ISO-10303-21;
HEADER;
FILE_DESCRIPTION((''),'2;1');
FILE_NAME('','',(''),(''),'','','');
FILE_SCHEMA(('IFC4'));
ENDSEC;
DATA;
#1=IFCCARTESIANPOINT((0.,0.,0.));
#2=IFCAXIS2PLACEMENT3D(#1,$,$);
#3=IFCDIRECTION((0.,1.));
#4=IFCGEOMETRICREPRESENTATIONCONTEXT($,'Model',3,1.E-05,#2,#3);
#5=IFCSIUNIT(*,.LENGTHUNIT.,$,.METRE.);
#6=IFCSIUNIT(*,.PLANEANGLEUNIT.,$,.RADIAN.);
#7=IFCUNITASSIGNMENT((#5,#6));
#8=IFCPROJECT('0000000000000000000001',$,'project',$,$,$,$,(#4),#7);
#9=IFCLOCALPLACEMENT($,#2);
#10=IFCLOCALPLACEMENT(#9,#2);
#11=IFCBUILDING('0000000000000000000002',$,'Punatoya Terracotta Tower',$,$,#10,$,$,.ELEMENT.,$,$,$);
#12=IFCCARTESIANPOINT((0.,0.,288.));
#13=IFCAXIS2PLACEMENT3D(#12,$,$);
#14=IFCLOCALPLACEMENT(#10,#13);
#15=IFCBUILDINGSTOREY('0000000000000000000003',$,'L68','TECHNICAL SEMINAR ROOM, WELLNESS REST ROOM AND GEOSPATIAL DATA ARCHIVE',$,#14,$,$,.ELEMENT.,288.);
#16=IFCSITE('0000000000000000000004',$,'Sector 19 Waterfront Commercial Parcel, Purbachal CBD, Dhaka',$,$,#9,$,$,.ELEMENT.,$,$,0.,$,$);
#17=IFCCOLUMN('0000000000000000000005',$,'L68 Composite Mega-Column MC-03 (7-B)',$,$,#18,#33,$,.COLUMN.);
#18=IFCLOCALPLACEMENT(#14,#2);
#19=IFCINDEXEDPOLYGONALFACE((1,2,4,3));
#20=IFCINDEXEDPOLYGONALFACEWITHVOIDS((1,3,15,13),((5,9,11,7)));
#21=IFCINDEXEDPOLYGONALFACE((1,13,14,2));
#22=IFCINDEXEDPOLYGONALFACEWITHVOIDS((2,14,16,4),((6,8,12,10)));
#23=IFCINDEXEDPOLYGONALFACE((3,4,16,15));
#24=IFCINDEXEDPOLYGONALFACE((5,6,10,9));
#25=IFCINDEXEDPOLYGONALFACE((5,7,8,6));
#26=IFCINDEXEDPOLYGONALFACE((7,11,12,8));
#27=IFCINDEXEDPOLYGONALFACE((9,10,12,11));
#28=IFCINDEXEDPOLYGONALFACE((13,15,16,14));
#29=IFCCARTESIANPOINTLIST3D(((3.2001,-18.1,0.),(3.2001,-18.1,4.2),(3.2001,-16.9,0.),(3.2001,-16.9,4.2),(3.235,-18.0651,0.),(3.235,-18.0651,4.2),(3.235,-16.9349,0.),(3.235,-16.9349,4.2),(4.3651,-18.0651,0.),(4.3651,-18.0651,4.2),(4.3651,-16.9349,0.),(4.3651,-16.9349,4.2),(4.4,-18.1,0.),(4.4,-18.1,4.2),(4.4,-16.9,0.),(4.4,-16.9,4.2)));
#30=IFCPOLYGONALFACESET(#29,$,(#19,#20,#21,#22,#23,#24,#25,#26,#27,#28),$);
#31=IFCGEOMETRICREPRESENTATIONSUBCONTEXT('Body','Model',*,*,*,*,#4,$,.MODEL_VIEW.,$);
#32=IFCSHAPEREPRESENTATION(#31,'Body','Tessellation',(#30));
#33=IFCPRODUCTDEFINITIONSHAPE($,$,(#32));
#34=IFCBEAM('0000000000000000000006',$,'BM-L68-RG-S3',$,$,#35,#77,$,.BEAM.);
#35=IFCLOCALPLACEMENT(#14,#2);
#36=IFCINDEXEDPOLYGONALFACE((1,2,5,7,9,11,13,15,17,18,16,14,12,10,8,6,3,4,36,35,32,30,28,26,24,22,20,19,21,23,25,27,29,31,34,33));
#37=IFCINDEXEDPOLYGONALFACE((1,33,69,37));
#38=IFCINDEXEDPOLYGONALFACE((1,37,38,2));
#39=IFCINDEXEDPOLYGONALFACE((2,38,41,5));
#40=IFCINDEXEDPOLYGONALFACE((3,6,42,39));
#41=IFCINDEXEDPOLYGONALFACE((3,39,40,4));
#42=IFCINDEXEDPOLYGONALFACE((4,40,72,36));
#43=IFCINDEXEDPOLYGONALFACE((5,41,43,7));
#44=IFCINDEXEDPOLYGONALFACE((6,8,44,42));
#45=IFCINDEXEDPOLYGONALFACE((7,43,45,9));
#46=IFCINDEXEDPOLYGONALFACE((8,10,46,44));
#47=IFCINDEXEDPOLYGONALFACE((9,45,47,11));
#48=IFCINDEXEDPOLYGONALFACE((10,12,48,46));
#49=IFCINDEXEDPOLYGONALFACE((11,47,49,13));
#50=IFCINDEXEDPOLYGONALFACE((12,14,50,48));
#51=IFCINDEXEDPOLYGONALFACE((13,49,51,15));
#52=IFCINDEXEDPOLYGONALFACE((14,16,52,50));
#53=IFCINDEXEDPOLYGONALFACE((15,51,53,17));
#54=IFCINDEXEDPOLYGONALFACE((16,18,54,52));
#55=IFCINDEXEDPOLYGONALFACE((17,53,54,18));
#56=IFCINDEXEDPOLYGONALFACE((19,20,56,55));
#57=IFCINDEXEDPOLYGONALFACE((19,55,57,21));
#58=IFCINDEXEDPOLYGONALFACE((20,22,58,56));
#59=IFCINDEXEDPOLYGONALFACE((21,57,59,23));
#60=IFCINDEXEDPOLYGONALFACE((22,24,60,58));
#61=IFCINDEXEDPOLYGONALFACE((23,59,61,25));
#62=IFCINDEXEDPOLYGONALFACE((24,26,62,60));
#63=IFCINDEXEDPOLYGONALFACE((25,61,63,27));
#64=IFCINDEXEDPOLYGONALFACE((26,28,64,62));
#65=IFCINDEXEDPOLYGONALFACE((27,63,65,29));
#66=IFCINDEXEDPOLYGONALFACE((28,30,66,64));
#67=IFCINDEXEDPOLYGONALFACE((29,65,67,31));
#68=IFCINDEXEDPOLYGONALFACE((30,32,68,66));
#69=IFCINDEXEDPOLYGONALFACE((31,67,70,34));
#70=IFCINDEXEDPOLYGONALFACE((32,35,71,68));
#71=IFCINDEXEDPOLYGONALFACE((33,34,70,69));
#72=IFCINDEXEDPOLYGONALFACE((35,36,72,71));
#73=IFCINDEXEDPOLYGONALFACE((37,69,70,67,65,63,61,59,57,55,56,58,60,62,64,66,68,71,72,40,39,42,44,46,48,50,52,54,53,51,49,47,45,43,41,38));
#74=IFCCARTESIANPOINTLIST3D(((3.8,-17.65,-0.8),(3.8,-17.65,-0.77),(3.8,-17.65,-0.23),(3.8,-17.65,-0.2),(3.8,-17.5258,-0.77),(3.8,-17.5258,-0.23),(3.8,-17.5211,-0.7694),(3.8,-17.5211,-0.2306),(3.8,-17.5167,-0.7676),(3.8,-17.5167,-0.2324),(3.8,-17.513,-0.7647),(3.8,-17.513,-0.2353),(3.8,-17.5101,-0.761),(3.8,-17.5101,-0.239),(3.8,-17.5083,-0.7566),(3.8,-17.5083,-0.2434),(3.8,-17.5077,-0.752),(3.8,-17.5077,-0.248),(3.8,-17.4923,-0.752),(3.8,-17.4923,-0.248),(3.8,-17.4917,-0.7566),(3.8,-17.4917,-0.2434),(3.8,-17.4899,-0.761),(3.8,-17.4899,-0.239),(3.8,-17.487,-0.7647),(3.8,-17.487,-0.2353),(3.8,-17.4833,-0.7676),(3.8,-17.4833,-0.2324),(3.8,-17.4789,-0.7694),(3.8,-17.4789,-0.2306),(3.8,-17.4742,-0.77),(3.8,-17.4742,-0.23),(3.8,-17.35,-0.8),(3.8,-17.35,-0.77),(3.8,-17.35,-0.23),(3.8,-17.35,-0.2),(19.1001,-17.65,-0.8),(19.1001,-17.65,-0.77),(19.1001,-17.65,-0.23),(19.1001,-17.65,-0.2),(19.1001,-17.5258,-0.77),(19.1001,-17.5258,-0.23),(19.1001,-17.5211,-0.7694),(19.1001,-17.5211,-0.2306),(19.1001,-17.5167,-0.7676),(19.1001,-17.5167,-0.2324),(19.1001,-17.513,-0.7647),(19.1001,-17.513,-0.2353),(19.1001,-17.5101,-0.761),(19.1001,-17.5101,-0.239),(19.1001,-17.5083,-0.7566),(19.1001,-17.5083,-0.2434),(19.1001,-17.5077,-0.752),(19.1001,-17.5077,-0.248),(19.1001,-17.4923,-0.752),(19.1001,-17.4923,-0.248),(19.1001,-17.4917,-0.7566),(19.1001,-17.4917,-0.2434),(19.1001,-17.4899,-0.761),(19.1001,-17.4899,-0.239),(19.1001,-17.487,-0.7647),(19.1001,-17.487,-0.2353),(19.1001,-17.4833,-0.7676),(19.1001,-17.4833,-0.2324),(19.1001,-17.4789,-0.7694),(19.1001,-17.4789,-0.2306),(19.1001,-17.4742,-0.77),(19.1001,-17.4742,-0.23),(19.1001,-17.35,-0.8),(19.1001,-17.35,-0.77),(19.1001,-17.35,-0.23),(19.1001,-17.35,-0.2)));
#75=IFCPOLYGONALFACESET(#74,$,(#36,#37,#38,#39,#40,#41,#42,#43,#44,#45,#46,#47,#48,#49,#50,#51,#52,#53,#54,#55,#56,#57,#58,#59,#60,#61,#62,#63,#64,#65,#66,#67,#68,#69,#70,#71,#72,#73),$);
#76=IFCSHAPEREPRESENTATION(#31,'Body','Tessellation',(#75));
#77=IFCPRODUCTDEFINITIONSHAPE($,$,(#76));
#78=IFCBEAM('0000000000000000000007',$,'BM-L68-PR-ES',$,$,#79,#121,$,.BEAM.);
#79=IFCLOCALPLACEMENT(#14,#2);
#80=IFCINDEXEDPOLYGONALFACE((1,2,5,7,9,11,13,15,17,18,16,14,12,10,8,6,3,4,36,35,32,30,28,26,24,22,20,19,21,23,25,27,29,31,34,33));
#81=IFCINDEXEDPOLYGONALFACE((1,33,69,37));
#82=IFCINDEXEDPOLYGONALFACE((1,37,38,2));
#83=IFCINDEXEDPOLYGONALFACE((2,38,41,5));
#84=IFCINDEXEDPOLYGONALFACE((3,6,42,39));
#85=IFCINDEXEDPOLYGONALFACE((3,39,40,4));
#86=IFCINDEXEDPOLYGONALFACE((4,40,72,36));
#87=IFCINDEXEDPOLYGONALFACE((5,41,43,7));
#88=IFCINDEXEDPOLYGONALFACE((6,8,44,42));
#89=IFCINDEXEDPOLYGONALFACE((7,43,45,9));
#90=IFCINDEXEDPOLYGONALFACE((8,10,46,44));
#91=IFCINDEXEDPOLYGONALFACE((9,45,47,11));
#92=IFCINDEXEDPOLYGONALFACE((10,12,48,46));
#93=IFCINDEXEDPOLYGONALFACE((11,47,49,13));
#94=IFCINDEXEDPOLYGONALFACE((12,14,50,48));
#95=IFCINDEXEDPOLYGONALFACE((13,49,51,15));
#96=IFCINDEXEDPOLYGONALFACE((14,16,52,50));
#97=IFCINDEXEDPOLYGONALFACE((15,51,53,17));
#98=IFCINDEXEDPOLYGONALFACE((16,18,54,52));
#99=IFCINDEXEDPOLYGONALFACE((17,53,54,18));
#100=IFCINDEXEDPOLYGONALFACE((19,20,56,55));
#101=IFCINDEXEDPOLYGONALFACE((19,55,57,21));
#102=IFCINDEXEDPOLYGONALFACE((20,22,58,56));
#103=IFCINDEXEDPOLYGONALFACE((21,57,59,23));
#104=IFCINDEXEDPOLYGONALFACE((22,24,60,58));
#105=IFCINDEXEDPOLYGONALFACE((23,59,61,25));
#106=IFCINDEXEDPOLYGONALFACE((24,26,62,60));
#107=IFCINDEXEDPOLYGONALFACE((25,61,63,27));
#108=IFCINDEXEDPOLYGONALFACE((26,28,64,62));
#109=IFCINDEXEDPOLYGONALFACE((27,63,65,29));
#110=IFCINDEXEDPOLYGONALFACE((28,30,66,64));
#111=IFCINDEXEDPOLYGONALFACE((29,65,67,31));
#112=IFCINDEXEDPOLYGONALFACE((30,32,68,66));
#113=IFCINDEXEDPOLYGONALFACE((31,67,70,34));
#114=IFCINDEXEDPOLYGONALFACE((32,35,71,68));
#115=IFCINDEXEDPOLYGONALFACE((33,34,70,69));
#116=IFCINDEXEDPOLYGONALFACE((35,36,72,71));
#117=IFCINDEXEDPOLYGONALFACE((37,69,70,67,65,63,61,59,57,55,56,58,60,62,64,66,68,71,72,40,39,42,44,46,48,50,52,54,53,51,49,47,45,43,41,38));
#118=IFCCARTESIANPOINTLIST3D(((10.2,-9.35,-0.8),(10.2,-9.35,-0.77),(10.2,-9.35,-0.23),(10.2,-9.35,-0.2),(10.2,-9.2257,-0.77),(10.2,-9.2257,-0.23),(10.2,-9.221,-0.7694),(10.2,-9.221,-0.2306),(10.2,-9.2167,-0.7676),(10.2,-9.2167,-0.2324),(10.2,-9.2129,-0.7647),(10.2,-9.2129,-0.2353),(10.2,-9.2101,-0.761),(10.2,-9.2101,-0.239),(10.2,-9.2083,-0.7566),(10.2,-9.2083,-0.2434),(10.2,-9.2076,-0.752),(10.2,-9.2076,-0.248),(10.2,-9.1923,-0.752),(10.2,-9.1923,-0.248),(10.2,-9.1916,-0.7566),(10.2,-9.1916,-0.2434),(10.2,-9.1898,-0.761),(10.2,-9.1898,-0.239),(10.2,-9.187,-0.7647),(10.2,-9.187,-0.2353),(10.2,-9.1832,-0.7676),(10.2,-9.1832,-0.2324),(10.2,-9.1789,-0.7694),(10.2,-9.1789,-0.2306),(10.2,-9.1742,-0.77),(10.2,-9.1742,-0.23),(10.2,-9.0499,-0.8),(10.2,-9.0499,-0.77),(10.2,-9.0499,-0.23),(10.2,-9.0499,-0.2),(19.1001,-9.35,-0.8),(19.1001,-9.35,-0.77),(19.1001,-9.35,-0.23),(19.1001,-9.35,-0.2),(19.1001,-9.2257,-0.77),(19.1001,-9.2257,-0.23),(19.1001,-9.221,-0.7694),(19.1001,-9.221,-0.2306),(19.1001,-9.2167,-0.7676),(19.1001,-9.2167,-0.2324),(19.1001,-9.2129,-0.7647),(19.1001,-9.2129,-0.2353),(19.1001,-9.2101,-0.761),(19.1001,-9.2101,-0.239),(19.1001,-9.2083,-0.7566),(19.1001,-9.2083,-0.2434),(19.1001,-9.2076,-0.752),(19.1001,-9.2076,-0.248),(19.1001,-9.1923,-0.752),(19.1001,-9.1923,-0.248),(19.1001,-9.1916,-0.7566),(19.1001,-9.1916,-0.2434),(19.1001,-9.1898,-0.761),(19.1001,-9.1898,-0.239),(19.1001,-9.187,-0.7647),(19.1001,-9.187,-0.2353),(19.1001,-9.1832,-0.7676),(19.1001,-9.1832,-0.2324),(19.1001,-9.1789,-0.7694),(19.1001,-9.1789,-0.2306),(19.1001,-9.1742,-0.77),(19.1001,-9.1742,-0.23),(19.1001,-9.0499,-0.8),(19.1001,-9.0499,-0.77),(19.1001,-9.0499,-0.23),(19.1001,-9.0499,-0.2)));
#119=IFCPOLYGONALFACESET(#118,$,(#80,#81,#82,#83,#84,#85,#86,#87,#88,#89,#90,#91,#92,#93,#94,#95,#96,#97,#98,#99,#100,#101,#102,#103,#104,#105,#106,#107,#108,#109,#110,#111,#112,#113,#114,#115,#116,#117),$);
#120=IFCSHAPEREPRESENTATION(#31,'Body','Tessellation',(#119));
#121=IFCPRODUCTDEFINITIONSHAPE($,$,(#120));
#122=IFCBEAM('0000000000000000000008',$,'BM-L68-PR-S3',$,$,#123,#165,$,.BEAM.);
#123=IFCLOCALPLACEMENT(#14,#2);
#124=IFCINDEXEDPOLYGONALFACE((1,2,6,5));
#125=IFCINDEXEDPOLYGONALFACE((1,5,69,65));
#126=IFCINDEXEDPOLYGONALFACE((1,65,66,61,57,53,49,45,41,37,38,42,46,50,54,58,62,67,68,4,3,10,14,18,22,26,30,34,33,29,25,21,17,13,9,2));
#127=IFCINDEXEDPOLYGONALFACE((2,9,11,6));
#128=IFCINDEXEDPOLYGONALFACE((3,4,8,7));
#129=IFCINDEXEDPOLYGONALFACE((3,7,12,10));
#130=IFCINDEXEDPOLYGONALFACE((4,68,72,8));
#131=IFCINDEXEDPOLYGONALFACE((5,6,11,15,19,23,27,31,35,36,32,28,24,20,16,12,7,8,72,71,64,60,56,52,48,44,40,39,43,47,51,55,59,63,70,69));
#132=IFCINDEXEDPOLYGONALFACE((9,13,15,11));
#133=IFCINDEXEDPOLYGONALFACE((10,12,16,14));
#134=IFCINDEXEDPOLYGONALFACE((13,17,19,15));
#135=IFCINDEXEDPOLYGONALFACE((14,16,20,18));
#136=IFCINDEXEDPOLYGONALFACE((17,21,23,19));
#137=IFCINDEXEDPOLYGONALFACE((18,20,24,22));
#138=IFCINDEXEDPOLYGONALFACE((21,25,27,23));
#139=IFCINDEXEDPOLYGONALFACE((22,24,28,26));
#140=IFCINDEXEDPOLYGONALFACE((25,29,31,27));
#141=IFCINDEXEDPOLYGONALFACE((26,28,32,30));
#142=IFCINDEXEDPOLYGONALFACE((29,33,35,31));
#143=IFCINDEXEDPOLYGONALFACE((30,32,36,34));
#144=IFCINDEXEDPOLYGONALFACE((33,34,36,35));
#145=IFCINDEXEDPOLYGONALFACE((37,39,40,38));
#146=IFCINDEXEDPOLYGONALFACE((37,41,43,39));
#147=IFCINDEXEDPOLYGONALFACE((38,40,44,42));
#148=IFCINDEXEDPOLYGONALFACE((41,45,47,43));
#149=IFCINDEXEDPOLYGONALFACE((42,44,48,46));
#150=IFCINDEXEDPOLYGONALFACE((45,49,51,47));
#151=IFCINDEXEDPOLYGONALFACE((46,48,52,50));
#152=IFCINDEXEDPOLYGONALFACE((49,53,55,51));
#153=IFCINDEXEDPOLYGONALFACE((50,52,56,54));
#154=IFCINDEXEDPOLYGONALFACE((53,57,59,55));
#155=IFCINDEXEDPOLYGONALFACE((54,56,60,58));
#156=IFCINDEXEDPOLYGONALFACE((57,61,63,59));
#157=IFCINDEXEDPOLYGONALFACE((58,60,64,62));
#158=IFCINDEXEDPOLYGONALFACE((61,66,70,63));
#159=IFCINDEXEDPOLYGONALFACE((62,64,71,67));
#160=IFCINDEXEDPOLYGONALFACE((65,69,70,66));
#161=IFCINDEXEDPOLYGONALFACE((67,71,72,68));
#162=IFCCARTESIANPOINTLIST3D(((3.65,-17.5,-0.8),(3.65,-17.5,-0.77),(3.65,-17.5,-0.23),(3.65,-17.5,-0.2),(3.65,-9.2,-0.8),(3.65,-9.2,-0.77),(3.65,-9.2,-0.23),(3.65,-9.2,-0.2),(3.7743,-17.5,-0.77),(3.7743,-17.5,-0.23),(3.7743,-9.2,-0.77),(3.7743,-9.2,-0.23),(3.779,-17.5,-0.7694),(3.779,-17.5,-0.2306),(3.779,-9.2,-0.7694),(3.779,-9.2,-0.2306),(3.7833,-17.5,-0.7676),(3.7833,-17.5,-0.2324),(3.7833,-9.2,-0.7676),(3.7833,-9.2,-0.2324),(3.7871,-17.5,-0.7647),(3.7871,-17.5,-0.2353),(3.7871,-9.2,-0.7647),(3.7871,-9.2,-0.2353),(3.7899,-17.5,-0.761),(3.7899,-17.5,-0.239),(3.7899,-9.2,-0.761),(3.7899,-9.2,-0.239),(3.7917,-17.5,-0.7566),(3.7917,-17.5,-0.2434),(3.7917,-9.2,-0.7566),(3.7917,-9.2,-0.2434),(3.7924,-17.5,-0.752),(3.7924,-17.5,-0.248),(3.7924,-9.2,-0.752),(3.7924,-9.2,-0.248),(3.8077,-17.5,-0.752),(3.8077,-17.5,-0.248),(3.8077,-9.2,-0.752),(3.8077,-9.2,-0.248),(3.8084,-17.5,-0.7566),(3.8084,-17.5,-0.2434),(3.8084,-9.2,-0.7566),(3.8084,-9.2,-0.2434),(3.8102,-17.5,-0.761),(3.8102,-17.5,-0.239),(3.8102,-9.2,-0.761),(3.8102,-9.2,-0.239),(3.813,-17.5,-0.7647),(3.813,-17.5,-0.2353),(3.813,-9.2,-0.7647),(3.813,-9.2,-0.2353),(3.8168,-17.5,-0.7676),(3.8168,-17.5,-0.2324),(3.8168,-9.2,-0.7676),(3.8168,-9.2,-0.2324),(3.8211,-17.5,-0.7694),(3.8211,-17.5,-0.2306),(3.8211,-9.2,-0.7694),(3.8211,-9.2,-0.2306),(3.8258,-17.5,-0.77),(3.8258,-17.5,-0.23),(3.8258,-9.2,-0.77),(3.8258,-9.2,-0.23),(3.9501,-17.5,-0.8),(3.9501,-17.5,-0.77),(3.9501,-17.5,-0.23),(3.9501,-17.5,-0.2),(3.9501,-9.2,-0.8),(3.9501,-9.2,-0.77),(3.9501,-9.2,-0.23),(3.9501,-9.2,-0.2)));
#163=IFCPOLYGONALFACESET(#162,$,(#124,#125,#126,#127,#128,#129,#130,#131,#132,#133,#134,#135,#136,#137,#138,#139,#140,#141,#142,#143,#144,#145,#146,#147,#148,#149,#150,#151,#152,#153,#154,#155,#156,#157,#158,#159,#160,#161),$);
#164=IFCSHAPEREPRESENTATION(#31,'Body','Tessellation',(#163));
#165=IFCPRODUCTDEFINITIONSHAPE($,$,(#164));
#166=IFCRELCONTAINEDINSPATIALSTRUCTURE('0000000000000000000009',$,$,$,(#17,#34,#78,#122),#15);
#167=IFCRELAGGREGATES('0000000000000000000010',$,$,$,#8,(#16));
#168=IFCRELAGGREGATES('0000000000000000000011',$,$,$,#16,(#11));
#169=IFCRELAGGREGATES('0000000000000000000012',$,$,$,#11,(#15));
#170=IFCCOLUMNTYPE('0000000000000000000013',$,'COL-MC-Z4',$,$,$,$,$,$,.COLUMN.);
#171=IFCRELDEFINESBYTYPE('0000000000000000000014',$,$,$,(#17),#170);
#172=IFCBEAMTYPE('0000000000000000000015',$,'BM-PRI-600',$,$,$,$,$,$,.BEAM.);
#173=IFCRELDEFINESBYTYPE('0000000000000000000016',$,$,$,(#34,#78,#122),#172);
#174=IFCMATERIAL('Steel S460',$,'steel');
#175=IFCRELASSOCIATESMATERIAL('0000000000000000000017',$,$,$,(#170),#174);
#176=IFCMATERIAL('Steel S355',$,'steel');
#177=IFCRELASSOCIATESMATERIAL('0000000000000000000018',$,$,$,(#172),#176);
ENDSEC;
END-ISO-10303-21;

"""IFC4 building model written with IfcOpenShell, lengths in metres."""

from ifc_helpers import new_model, si_unit, direction, frame, origin, origin_2d, place, context, subcontext, project, spatial, hollow_rectangle, i_section, extrude, material, material_profile, profile_set, type_object, element, save


model = new_model("IFC4")

# Units and contexts
model_context = context("Model", 3, precision=1e-05, world=origin(), true_north=direction((0.0, 1.0)))
body_context = subcontext(model_context, "Body", "Model", "MODEL_VIEW")
ifc_project = project(units=[si_unit("LENGTHUNIT", "METRE"), si_unit("PLANEANGLEUNIT", "RADIAN")], contexts=[model_context])

# Site, building, storey
site_placement = place(None, origin())
site = spatial("IfcSite", under=ifc_project, at=site_placement, Name="Sector 19 Waterfront Commercial Parcel, Purbachal CBD, Dhaka", CompositionType="ELEMENT", RefElevation=0.0)
building_placement = place(site_placement, origin())
building = spatial("IfcBuilding", under=site, at=building_placement, Name="Punatoya Terracotta Tower", CompositionType="ELEMENT")
storey_placement = place(building_placement, frame((0.0, 0.0, 288.0)))
storey = spatial("IfcBuildingStorey", under=building, at=storey_placement, Name="L68", Description="TECHNICAL SEMINAR ROOM, WELLNESS REST ROOM AND GEOSPATIAL DATA ARCHIVE", CompositionType="ELEMENT", Elevation=288.0)

# Column
ifc_material_1 = material(Name="Steel S460", Category="steel")
ifc_material_profile_1 = material_profile(ifc_material_1, hollow_rectangle(XDim=1.2, YDim=1.2, WallThickness=0.0349, at=origin_2d()))
ifc_profile_set_1 = profile_set([ifc_material_profile_1], Name="Steel S460")
column_type = type_object("IfcColumnType", Name="COL-MC-Z4", PredefinedType="COLUMN", material=ifc_profile_set_1)
column_placement = place(storey_placement, frame((3.8, -17.5, 0.0), z_axis=(0.0, 0.0, 1.0), x_axis=(1.0, 0.0, 0.0)))
element("IfcColumn", 1, at=column_placement, inside=storey, type_object=column_type, Name="L68 Composite Mega-Column MC-03 (7-B)", PredefinedType="COLUMN", context=body_context, shape_type="SweptSolid", body=[
    extrude(hollow_rectangle(XDim=1.2, YDim=1.2, WallThickness=0.0349, at=origin_2d()), origin(), (0.0, 0.0, 1.0), 4.2),
])

# Beams
ifc_material_2 = material(Name="Steel S355", Category="steel")
ifc_material_profile_2 = material_profile(ifc_material_2, i_section(OverallWidth=0.3, OverallDepth=0.6001, WebThickness=0.0154, FlangeThickness=0.03, FilletRadius=0.0181, at=origin_2d()))
ifc_profile_set_2 = profile_set([ifc_material_profile_2], Name="Steel S355")
beam_type_1 = type_object("IfcBeamType", Name="BM-PRI-600", PredefinedType="BEAM", material=ifc_profile_set_2)
beam_1_placement = place(storey_placement, frame((3.8, -17.5, -0.5), z_axis=(1.0, 0.0, 0.0), x_axis=(0.0, 1.0, 0.0)))
element("IfcBeam", 2, at=beam_1_placement, inside=storey, type_object=beam_type_1, Name="BM-L68-RG-S3", PredefinedType="BEAM", context=body_context, shape_type="SweptSolid", body=[
    extrude(i_section(OverallWidth=0.3, OverallDepth=0.6001, WebThickness=0.0154, FlangeThickness=0.03, FilletRadius=0.0181, at=origin_2d()), origin(), (0.0, 0.0, 1.0), 15.3),
])
beam_2_placement = place(storey_placement, frame((10.2, -9.2, -0.5), z_axis=(1.0, 0.0, 0.0), x_axis=(0.0, 1.0, 0.0)))
element("IfcBeam", 3, at=beam_2_placement, inside=storey, type_object=beam_type_1, Name="BM-L68-PR-ES", PredefinedType="BEAM", context=body_context, shape_type="SweptSolid", body=[
    extrude(i_section(OverallWidth=0.3, OverallDepth=0.6001, WebThickness=0.0154, FlangeThickness=0.03, FilletRadius=0.0181, at=origin_2d()), origin(), (0.0, 0.0, 1.0), 8.9001),
])
for number, where, z_axis, x_axis, name in (
    (4, (3.8, -17.5, -0.5), (0.0, 1.0, 0.0), (-1.0, 0.0, 0.0), "BM-L68-PR-S3"),
):
    element("IfcBeam", number, at=place(storey_placement, frame(where, z_axis=z_axis, x_axis=x_axis)), inside=storey, type_object=beam_type_1, Name=name, PredefinedType="BEAM", context=body_context, shape_type="SweptSolid", body=[
        extrude(i_section(OverallWidth=0.3, OverallDepth=0.6001, WebThickness=0.0154, FlangeThickness=0.03, FilletRadius=0.0181, at=origin_2d()), origin(), (0.0, 0.0, 1.0), 8.3),
    ])

save(model, "model.ifc")
